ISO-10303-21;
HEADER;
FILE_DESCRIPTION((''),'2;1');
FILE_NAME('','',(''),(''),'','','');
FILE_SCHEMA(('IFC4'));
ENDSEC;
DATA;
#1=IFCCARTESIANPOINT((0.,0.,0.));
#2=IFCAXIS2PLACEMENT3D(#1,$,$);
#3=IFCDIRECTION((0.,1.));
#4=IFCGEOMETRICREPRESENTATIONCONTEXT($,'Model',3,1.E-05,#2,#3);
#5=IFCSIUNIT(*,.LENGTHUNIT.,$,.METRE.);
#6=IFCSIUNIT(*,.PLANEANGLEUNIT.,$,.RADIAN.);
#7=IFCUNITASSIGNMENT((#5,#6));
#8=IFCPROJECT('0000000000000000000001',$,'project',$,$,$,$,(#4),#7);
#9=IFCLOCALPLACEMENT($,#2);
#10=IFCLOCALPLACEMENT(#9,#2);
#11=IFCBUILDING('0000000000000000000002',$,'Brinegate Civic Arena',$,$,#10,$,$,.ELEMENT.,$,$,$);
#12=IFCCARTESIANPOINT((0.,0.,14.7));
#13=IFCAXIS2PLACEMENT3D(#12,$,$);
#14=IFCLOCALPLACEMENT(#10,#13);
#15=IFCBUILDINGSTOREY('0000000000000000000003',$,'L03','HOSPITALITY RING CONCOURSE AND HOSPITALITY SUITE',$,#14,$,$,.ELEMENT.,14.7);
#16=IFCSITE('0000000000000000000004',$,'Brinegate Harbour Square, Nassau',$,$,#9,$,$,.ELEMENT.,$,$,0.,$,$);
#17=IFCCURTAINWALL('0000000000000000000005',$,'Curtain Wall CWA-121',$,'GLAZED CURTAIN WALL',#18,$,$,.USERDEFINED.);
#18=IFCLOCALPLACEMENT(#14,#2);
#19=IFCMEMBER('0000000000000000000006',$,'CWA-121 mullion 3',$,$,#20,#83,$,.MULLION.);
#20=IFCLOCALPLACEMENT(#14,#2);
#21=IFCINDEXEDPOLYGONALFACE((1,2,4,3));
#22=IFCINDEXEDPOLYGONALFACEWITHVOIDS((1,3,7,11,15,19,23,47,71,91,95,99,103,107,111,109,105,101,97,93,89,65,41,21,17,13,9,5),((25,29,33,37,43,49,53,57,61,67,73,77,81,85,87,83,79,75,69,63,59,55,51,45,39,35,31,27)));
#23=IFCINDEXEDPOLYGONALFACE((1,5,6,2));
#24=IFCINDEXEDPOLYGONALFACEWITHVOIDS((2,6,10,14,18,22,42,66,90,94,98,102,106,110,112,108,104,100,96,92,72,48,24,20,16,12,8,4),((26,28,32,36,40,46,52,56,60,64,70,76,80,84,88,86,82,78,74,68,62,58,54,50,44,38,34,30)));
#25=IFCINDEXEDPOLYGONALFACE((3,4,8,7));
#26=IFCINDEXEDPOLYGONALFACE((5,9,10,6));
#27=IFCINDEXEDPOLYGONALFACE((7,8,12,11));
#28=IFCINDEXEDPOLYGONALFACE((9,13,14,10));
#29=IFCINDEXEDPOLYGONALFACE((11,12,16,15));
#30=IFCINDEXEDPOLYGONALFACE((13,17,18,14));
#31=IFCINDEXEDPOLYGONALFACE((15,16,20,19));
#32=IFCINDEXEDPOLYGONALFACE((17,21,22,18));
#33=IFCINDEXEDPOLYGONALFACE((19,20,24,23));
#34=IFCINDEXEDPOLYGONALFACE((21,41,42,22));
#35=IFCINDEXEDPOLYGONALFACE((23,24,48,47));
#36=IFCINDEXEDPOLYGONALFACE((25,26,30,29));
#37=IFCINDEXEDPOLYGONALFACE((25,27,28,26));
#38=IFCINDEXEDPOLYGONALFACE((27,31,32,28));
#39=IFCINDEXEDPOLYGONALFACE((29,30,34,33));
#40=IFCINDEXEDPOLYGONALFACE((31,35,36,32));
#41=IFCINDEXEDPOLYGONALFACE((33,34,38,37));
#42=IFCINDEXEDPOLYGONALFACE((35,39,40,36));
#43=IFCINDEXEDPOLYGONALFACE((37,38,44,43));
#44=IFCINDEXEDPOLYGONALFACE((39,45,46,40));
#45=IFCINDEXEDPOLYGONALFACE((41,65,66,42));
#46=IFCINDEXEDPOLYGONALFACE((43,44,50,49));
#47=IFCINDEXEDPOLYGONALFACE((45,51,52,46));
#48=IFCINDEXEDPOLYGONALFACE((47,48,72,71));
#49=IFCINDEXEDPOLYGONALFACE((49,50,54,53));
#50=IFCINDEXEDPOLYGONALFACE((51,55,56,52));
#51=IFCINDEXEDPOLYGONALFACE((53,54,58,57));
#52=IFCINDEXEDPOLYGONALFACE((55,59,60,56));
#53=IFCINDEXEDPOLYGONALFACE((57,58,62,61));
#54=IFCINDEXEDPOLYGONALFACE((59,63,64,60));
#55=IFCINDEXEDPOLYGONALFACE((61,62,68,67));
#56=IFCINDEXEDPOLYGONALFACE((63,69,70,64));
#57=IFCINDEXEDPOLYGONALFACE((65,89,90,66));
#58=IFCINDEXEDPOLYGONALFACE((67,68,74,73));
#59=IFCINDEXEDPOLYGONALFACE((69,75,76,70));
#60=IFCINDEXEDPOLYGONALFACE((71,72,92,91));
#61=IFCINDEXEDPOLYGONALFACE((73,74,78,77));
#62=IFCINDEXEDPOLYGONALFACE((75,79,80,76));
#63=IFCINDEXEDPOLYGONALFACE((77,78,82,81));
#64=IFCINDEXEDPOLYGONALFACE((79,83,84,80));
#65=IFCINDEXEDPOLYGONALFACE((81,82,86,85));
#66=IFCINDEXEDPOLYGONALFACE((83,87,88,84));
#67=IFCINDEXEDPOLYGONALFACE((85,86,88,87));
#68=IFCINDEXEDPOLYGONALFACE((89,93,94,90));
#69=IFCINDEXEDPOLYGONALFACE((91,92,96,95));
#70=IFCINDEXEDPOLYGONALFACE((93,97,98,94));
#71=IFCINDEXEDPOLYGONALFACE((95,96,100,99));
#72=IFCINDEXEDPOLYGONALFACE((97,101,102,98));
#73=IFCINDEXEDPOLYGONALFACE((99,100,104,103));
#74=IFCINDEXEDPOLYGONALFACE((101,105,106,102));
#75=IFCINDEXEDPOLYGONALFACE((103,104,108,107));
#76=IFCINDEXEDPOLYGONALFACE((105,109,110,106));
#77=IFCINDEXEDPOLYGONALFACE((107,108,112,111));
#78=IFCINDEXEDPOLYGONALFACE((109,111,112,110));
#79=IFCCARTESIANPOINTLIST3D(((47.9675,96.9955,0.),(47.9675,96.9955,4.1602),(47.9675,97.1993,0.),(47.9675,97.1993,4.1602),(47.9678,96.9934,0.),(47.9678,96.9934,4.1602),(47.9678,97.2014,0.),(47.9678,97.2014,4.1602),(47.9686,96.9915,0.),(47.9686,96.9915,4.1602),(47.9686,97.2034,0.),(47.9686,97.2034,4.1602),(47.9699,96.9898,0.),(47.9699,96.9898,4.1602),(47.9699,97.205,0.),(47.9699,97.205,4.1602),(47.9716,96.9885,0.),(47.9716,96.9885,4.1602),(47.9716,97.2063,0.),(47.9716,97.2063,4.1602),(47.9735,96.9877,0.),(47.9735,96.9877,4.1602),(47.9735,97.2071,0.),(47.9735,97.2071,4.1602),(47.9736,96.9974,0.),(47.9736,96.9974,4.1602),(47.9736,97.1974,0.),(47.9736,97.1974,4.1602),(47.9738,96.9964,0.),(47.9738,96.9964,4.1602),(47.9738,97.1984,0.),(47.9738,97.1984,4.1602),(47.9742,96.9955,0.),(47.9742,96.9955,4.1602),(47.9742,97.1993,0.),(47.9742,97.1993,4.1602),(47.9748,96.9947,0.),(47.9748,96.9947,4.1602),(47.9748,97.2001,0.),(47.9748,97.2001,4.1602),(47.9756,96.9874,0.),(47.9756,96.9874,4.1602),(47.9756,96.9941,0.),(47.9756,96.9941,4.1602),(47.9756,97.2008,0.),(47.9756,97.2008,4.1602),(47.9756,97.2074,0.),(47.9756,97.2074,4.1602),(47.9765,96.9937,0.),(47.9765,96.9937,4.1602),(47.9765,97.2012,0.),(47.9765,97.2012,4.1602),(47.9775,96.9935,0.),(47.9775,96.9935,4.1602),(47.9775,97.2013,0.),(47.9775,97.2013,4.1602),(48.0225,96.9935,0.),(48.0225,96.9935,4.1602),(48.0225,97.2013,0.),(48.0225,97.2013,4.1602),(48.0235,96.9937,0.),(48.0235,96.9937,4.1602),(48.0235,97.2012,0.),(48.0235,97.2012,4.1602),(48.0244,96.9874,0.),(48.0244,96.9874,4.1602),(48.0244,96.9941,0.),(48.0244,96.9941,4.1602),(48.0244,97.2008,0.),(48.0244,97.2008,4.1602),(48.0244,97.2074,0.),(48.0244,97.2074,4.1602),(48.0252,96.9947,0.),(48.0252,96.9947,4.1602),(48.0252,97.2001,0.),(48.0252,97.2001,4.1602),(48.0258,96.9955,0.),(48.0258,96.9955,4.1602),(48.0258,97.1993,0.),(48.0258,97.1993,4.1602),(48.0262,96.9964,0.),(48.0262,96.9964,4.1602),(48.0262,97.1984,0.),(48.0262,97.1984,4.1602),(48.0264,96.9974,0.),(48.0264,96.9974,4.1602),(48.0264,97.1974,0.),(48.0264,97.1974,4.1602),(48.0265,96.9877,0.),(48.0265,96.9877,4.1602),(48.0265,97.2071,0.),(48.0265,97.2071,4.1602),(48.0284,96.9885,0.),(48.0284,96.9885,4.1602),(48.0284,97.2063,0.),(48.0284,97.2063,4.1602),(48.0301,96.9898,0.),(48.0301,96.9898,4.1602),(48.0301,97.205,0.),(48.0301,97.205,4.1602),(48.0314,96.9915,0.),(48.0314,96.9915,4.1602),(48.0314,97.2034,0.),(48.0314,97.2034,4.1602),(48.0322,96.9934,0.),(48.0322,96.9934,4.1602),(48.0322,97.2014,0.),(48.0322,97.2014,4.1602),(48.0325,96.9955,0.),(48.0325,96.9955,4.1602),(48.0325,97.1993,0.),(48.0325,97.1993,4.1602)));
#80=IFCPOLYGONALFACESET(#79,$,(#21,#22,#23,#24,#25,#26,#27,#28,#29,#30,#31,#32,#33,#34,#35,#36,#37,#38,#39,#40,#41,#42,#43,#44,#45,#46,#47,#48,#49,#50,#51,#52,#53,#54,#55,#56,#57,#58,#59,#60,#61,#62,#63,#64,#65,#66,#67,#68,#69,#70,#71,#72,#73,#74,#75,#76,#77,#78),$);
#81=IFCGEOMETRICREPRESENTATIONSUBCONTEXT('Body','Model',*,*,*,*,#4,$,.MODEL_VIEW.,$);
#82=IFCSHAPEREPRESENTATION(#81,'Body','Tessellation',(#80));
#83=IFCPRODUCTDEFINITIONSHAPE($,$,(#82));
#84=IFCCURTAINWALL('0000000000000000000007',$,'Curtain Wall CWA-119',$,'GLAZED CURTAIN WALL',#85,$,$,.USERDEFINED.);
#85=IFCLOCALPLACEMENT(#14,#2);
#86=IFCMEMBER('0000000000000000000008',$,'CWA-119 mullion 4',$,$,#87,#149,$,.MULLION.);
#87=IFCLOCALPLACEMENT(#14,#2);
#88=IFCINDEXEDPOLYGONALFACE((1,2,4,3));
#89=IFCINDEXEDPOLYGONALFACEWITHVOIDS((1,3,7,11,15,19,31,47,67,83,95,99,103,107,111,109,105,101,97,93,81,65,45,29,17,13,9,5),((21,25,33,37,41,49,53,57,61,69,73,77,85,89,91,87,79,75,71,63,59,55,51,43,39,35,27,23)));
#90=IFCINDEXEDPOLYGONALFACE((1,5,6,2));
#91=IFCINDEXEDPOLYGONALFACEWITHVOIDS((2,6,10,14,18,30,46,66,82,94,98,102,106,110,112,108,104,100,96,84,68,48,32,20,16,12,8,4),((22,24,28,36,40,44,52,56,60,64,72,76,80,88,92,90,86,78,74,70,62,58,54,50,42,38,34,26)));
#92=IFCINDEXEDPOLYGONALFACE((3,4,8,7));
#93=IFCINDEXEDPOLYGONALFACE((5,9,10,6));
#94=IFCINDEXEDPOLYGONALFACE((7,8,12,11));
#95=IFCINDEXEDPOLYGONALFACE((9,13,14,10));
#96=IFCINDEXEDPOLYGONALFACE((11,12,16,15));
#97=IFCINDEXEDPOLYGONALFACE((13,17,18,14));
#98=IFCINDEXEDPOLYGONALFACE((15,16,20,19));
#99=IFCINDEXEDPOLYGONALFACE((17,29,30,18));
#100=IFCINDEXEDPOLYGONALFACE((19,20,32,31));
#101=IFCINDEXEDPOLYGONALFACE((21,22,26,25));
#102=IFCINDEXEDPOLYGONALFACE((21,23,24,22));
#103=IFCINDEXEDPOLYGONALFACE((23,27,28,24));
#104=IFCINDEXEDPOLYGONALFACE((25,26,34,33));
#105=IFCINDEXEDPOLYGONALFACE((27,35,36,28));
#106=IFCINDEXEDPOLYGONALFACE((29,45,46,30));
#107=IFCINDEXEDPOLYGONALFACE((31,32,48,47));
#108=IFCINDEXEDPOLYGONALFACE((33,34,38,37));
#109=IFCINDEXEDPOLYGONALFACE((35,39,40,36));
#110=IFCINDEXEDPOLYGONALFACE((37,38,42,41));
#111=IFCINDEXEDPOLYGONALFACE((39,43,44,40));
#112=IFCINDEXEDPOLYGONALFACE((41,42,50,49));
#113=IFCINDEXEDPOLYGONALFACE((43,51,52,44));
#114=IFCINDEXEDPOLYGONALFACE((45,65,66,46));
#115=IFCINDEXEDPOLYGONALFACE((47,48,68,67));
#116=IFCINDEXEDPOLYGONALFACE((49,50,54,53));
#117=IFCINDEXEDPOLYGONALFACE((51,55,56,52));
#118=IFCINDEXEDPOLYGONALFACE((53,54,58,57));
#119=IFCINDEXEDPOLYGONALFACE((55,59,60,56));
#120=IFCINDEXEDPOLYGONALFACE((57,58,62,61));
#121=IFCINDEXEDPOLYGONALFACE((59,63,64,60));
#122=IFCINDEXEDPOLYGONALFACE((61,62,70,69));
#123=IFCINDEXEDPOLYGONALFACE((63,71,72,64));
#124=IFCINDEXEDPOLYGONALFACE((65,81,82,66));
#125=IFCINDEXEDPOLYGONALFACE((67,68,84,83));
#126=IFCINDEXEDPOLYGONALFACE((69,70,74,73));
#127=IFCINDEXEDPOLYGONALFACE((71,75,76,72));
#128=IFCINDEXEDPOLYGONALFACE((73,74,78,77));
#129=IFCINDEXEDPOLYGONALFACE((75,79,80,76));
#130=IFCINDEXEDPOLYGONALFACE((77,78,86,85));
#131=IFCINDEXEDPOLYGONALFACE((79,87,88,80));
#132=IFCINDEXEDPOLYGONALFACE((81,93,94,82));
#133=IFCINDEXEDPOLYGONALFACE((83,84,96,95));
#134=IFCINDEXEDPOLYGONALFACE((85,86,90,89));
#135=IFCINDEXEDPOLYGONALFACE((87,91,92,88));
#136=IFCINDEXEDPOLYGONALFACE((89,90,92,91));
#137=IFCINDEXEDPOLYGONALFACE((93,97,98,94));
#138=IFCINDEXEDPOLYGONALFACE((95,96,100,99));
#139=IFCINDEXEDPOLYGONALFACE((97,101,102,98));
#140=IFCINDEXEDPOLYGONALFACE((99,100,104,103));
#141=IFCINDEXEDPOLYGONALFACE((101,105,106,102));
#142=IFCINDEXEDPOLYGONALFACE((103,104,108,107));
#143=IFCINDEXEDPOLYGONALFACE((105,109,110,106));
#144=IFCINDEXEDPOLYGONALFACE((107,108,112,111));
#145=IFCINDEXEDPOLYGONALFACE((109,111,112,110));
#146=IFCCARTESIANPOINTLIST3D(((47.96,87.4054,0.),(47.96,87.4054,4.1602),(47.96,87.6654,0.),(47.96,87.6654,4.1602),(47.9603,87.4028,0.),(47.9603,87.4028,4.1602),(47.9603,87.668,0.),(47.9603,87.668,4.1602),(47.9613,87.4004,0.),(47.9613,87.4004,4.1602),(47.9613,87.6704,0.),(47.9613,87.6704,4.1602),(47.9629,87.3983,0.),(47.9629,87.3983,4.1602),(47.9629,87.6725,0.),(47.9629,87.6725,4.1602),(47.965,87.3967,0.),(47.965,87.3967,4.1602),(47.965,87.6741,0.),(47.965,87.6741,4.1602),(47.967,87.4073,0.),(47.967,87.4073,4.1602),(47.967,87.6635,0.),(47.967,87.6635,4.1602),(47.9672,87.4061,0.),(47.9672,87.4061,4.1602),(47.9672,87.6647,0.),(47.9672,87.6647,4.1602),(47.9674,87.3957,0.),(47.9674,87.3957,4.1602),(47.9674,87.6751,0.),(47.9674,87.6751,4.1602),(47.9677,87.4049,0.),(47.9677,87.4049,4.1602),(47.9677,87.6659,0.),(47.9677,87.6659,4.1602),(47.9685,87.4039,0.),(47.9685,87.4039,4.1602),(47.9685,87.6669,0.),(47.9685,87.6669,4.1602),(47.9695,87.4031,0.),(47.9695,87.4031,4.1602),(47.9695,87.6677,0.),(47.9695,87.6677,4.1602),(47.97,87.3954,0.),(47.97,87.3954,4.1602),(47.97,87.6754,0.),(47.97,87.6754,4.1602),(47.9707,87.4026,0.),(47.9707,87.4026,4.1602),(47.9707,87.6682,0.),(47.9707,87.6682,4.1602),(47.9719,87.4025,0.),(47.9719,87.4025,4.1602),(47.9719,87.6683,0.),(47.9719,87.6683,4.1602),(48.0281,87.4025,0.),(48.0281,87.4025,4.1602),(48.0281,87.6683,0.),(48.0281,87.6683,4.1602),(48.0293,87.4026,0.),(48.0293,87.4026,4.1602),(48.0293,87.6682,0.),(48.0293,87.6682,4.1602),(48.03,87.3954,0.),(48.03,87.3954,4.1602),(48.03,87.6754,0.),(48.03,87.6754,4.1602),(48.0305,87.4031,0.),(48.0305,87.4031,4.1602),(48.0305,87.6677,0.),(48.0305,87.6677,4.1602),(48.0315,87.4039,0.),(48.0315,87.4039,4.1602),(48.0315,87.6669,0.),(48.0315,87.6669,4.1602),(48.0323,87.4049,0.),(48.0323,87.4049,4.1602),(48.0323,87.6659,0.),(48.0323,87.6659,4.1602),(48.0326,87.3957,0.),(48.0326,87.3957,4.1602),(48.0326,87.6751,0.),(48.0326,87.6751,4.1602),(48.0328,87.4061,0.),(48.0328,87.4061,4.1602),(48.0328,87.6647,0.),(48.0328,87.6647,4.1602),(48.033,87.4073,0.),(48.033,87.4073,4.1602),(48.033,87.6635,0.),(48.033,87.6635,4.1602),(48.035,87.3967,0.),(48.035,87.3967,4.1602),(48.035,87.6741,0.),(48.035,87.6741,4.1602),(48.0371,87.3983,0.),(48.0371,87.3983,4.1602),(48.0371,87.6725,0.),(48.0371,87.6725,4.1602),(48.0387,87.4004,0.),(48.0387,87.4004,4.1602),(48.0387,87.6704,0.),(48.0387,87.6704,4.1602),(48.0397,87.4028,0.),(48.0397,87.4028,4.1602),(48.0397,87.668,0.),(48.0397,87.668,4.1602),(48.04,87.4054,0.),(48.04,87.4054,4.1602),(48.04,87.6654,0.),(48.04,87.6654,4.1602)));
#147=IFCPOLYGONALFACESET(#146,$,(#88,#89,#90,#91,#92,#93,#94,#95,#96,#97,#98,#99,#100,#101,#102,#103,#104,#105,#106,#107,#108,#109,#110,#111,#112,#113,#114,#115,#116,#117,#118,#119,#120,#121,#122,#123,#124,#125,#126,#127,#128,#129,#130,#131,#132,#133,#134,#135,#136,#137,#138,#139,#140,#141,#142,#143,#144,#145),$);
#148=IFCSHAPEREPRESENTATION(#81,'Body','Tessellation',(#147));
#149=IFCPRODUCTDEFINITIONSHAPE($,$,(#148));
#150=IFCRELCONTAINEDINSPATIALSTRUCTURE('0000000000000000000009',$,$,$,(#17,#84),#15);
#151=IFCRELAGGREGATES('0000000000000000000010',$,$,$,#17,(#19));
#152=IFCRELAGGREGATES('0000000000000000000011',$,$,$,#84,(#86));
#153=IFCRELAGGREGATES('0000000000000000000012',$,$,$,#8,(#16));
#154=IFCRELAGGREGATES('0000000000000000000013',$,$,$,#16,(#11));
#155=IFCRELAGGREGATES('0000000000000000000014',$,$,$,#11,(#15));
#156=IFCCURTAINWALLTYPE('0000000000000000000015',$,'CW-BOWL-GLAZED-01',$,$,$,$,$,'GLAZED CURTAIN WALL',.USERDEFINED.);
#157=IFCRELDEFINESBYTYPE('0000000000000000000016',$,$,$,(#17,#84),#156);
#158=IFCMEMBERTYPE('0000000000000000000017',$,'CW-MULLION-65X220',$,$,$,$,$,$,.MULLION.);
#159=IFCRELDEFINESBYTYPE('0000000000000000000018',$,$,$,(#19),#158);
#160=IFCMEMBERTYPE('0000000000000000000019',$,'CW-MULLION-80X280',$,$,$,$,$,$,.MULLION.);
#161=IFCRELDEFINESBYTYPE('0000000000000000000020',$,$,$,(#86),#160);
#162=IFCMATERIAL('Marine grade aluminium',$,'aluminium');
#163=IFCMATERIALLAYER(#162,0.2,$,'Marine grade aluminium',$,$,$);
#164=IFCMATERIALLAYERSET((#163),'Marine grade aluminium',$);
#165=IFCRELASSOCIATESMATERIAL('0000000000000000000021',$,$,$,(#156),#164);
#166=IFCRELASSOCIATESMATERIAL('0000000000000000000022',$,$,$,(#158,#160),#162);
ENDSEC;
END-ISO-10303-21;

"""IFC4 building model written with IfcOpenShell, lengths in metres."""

from ifc_helpers import new_model, si_unit, direction, frame, origin, origin_2d, place, context, subcontext, project, spatial, hollow_rectangle, extrude, material, layer, layer_set, material_profile, profile_set, type_object, element, aggregate, save


model = new_model("IFC4")

# Units and contexts
model_context = context("Model", 3, precision=1e-05, world=origin(), true_north=direction((0.0, 1.0)))
body_context = subcontext(model_context, "Body", "Model", "MODEL_VIEW")
ifc_project = project(units=[si_unit("LENGTHUNIT", "METRE"), si_unit("PLANEANGLEUNIT", "RADIAN")], contexts=[model_context])

# Site, building, storey
site_placement = place(None, origin())
site = spatial("IfcSite", under=ifc_project, at=site_placement, Name="Brinegate Harbour Square, Nassau", CompositionType="ELEMENT", RefElevation=0.0)
building_placement = place(site_placement, origin())
building = spatial("IfcBuilding", under=site, at=building_placement, Name="Brinegate Civic Arena", CompositionType="ELEMENT")
storey_placement = place(building_placement, frame((0.0, 0.0, 14.7)))
storey = spatial("IfcBuildingStorey", under=building, at=storey_placement, Name="L03", Description="HOSPITALITY RING CONCOURSE AND HOSPITALITY SUITE", CompositionType="ELEMENT", Elevation=14.7)

# Curtain walls, members
ifc_material_1 = material(Name="Marine grade aluminium", Category="aluminium")
ifc_layer_1 = layer(ifc_material_1, 0.2, Name="Marine grade aluminium")
ifc_layer_set_1 = layer_set([ifc_layer_1], Name="Marine grade aluminium")
curtain_wall_type = type_object("IfcCurtainWallType", Name="CW-BOWL-GLAZED-01", ElementType="GLAZED CURTAIN WALL", PredefinedType="USERDEFINED", material=ifc_layer_set_1)
curtain_wall_1_placement = place(storey_placement, origin())
curtain_wall_1 = element("IfcCurtainWall", 1, at=curtain_wall_1_placement, inside=storey, type_object=curtain_wall_type, Name="Curtain Wall CWA-121", ObjectType="GLAZED CURTAIN WALL", PredefinedType="USERDEFINED")
ifc_material_profile_1 = material_profile(ifc_material_1, hollow_rectangle(XDim=0.0649, YDim=0.22, WallThickness=0.0061, InnerFilletRadius=0.0039, OuterFilletRadius=0.0081, at=origin_2d()), Name="MUL65X220")
ifc_profile_set_1 = profile_set([ifc_material_profile_1], Name="Marine grade aluminium")
member_type_1 = type_object("IfcMemberType", Name="CW-MULLION-65X220", PredefinedType="MULLION", material=ifc_profile_set_1)
member_1_placement = place(storey_placement, frame((48.0, 97.0974, 0.0), z_axis=(0.0, 0.0, 1.0), x_axis=(-1.0, 0.0, 0.0)))
member_1 = element("IfcMember", 2, at=member_1_placement, type_object=member_type_1, Name="CWA-121 mullion 3", PredefinedType="MULLION", context=body_context, shape_type="SweptSolid", body=[
    extrude(hollow_rectangle(XDim=0.0649, YDim=0.22, WallThickness=0.0061, InnerFilletRadius=0.0039, OuterFilletRadius=0.0081, at=origin_2d()), origin(), (0.0, 0.0, 1.0), 4.1602),
])
curtain_wall_2_placement = place(storey_placement, origin())
curtain_wall_2 = element("IfcCurtainWall", 3, at=curtain_wall_2_placement, inside=storey, type_object=curtain_wall_type, Name="Curtain Wall CWA-119", ObjectType="GLAZED CURTAIN WALL", PredefinedType="USERDEFINED")
ifc_material_profile_2 = material_profile(ifc_material_1, hollow_rectangle(XDim=0.0801, YDim=0.28, WallThickness=0.0071, InnerFilletRadius=0.0049, OuterFilletRadius=0.01, at=origin_2d()), Name="MUL80X280")
ifc_profile_set_2 = profile_set([ifc_material_profile_2], Name="Marine grade aluminium")
member_type_2 = type_object("IfcMemberType", Name="CW-MULLION-80X280", PredefinedType="MULLION", material=ifc_profile_set_2)
member_2_placement = place(storey_placement, frame((48.0, 87.5354, 0.0), z_axis=(0.0, 0.0, 1.0), x_axis=(-1.0, 0.0, 0.0)))
member_2 = element("IfcMember", 4, at=member_2_placement, type_object=member_type_2, Name="CWA-119 mullion 4", PredefinedType="MULLION", context=body_context, shape_type="SweptSolid", body=[
    extrude(hollow_rectangle(XDim=0.0801, YDim=0.28, WallThickness=0.0071, InnerFilletRadius=0.0049, OuterFilletRadius=0.01, at=origin_2d()), origin(), (0.0, 0.0, 1.0), 4.1602),
])

aggregate(curtain_wall_1, [member_1])
aggregate(curtain_wall_2, [member_2])

save(model, "model.ifc")
